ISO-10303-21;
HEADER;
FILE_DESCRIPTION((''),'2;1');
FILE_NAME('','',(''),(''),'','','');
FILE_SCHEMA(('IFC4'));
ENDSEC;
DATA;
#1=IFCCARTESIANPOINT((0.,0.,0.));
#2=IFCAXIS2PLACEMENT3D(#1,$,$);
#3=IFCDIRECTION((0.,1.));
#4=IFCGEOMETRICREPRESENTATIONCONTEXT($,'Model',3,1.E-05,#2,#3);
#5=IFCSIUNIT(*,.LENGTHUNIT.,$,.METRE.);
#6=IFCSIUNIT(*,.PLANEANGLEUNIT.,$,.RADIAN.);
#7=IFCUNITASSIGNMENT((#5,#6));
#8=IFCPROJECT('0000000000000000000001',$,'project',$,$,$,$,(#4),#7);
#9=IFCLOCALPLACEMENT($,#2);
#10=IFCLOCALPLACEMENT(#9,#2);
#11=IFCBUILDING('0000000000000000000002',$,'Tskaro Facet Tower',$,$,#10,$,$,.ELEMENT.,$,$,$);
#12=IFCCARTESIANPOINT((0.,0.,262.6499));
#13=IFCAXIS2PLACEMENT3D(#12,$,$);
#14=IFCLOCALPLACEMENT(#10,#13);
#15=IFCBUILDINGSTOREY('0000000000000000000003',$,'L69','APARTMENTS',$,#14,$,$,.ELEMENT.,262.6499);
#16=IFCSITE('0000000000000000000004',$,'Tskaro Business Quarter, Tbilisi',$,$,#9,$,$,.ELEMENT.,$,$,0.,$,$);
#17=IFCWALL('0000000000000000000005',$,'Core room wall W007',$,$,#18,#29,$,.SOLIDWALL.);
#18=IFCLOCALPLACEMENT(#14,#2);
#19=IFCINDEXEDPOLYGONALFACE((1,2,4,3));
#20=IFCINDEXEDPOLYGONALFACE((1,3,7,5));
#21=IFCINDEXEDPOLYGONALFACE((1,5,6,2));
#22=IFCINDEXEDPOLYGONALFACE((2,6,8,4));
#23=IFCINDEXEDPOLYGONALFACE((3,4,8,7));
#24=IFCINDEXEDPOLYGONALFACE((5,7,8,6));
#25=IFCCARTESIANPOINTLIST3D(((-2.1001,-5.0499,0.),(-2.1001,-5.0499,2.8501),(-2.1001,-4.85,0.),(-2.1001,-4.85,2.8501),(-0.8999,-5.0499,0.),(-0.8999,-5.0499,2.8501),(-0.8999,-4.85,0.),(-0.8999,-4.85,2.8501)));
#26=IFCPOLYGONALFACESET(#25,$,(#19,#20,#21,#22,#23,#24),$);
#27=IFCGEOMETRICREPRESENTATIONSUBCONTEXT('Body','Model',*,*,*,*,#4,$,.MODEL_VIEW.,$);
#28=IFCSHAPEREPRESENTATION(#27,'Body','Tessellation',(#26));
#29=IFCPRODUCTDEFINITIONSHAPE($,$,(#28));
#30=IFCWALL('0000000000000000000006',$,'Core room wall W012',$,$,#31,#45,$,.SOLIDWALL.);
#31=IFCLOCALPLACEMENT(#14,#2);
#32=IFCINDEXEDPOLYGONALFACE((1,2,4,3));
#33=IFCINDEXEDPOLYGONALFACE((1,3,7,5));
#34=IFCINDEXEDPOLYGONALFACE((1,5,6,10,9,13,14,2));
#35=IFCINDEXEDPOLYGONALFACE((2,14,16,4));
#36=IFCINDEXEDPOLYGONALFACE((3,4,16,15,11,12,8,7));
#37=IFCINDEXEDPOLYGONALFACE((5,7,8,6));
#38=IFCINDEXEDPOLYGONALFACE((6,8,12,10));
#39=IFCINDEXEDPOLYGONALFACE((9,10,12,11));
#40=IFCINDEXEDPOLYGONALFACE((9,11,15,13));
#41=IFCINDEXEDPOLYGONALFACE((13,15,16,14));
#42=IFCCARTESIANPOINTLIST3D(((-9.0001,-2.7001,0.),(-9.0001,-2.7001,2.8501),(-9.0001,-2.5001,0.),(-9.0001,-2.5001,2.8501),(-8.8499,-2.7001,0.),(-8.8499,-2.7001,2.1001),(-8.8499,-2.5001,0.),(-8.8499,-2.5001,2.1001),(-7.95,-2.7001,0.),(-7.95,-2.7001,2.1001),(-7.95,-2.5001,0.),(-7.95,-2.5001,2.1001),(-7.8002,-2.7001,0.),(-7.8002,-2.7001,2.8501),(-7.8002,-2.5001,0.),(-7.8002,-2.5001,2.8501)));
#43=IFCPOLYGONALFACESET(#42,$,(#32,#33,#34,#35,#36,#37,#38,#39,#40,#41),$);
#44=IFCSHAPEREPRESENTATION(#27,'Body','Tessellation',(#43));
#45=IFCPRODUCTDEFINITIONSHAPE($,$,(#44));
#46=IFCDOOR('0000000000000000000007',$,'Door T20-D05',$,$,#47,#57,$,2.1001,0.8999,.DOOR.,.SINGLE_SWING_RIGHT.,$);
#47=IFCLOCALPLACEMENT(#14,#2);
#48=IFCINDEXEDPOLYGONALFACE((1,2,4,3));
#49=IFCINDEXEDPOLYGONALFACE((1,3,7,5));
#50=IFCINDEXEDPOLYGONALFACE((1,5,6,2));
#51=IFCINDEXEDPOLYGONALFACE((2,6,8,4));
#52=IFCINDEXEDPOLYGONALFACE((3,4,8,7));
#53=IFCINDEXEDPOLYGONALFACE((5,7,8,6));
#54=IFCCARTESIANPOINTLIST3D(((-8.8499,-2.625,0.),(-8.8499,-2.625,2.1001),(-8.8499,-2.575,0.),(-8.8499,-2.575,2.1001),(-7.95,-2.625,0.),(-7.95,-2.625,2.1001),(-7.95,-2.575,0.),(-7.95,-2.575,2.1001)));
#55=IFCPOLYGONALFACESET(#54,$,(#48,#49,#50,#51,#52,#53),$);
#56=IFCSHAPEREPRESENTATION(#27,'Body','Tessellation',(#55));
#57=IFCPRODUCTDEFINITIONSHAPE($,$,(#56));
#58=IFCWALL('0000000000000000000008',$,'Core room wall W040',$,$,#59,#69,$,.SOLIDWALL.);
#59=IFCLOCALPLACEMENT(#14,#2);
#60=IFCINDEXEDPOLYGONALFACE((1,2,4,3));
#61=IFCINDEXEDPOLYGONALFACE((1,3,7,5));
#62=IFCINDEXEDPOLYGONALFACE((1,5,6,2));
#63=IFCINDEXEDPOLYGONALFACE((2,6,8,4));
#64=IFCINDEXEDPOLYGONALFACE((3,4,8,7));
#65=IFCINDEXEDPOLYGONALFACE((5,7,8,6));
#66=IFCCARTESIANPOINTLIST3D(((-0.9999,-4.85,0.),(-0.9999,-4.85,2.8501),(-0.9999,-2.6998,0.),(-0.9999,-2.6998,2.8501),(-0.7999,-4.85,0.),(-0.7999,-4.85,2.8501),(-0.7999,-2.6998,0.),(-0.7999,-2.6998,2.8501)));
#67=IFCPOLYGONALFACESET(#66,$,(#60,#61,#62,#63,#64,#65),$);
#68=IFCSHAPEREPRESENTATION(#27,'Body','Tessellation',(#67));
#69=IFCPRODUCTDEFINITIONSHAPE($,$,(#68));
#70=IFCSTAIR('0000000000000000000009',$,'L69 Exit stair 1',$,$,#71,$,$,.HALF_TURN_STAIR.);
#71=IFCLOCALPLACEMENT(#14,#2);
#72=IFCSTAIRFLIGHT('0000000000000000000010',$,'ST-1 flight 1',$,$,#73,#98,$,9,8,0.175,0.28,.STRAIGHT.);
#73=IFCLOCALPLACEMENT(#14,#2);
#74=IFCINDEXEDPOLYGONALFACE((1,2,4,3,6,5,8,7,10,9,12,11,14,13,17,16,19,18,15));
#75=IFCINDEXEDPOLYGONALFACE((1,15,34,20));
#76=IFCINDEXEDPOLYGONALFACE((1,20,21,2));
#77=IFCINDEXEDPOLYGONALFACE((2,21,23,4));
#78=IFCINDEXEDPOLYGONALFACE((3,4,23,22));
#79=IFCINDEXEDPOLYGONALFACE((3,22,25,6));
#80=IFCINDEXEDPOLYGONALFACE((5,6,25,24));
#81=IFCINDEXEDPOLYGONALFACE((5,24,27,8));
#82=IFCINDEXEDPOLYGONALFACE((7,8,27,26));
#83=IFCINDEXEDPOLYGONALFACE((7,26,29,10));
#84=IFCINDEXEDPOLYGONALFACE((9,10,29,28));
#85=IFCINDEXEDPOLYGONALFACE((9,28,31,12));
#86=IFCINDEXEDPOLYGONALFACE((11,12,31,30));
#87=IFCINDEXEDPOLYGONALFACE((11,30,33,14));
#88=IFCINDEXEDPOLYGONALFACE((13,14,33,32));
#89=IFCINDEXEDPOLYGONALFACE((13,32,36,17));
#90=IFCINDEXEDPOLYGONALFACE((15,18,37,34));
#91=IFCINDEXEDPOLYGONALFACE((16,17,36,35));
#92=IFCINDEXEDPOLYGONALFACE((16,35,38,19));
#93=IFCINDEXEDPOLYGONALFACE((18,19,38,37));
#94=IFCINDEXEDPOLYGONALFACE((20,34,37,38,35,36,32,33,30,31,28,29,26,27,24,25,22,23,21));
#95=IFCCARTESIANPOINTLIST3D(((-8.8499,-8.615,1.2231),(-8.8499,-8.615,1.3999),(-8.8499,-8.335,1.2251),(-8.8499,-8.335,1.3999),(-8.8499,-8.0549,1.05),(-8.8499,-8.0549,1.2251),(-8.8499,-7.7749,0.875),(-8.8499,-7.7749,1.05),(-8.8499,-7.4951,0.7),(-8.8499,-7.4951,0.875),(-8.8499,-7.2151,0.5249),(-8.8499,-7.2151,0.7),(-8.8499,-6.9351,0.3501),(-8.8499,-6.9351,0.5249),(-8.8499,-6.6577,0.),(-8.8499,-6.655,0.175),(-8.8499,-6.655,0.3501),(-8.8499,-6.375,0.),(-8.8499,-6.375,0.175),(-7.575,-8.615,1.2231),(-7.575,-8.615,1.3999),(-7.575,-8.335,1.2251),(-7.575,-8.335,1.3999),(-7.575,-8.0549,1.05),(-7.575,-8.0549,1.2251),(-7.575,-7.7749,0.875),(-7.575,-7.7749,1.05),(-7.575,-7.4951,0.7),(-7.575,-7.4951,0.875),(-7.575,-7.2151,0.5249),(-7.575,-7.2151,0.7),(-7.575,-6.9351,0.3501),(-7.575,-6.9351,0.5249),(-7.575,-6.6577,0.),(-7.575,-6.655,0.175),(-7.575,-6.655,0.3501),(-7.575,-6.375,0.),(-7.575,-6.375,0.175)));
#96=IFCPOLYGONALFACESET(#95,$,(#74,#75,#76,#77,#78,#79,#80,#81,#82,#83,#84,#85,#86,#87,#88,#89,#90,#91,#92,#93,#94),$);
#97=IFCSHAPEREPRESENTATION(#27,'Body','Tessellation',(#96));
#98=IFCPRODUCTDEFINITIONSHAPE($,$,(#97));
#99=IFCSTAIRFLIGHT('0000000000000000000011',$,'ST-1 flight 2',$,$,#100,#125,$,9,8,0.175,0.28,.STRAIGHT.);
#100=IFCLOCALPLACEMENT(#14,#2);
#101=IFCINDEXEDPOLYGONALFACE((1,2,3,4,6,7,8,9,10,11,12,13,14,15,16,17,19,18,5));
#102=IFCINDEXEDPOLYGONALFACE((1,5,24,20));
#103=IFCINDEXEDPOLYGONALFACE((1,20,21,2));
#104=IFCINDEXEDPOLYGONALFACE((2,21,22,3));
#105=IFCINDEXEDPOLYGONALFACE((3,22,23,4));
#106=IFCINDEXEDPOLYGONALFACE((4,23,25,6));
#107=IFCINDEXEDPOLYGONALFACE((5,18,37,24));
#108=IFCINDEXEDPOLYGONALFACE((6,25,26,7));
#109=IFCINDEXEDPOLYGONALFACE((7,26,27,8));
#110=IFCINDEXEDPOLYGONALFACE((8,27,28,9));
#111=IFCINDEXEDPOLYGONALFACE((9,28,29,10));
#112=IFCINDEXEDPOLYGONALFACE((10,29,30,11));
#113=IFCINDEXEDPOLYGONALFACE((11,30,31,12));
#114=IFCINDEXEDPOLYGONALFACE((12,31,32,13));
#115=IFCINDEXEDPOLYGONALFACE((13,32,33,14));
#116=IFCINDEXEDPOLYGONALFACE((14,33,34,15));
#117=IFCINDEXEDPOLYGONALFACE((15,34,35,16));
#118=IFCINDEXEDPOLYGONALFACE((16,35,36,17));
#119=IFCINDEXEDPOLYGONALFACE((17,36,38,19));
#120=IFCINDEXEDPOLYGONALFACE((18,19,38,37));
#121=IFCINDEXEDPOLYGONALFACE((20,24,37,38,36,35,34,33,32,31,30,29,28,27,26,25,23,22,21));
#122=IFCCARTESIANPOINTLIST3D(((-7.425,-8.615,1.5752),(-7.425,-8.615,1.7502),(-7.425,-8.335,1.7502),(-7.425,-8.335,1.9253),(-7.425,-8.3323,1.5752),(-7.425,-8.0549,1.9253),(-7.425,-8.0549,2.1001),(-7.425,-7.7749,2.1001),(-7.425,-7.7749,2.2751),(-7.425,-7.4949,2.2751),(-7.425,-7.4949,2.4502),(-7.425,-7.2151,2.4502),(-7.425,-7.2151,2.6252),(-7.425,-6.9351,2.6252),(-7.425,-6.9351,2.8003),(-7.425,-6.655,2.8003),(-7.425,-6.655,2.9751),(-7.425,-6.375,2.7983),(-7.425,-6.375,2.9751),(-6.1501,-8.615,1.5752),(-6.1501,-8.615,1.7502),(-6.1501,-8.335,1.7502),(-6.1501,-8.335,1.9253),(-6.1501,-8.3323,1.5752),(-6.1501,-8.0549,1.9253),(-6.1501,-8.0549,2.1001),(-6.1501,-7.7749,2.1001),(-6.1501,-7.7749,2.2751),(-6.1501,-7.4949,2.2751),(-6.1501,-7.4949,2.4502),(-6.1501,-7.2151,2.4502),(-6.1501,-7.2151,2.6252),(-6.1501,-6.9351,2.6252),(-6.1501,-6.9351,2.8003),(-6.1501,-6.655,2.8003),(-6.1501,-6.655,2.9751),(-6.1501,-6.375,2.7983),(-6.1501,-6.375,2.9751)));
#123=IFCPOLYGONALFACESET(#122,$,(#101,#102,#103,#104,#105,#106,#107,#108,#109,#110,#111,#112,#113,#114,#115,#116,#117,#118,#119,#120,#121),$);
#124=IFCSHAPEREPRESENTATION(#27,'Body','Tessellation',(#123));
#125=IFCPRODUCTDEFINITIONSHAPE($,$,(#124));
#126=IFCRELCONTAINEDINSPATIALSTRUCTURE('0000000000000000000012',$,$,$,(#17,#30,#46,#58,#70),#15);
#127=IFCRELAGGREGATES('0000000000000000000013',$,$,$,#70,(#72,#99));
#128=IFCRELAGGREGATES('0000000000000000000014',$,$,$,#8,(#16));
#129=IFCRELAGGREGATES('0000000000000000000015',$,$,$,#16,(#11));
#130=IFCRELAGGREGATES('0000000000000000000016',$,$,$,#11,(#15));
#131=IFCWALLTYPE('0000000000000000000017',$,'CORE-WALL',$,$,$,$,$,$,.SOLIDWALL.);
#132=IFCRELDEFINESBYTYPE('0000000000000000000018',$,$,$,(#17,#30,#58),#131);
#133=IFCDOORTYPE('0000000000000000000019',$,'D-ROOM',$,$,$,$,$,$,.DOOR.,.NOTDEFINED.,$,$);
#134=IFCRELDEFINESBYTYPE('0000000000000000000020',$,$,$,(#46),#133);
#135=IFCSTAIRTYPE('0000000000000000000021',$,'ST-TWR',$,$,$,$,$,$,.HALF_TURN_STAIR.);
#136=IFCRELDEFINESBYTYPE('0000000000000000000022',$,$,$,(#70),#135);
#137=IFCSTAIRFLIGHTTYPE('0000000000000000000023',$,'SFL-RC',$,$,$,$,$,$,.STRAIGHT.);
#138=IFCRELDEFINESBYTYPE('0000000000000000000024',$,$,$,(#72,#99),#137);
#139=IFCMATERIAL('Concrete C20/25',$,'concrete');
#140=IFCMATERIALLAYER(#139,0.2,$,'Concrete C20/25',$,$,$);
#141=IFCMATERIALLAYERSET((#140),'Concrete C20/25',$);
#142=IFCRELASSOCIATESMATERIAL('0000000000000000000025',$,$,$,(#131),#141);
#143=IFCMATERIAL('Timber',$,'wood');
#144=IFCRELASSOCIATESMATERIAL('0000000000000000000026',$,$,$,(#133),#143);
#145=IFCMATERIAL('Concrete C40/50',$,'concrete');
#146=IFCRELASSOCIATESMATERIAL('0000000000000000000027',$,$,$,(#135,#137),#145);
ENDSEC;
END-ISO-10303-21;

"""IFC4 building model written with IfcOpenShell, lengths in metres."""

from ifc_helpers import new_model, si_unit, direction, frame, frame_2d, origin, place, context, subcontext, project, spatial, polyline, rectangle, outline, extrude, material, layer, layer_set, type_object, element, fill, aggregate, save


model = new_model("IFC4")

# Units and contexts
model_context = context("Model", 3, precision=1e-05, world=origin(), true_north=direction((0.0, 1.0)))
body_context = subcontext(model_context, "Body", "Model", "MODEL_VIEW")
ifc_project = project(units=[si_unit("LENGTHUNIT", "METRE"), si_unit("PLANEANGLEUNIT", "RADIAN")], contexts=[model_context])

# Site, building, storey
site_placement = place(None, origin())
site = spatial("IfcSite", under=ifc_project, at=site_placement, Name="Tskaro Business Quarter, Tbilisi", CompositionType="ELEMENT", RefElevation=0.0)
building_placement = place(site_placement, origin())
building = spatial("IfcBuilding", under=site, at=building_placement, Name="Tskaro Facet Tower", CompositionType="ELEMENT")
storey_placement = place(building_placement, frame((0.0, 0.0, 262.6499)))
storey = spatial("IfcBuildingStorey", under=building, at=storey_placement, Name="L69", Description="APARTMENTS", CompositionType="ELEMENT", Elevation=262.6499)

# Wall
ifc_material_1 = material(Name="Concrete C20/25", Category="concrete")
ifc_layer_1 = layer(ifc_material_1, 0.2, Name="Concrete C20/25")
ifc_layer_set_1 = layer_set([ifc_layer_1], Name="Concrete C20/25")
wall_type_1 = type_object("IfcWallType", Name="CORE-WALL", PredefinedType="SOLIDWALL", material=ifc_layer_set_1)
wall_1_placement = place(storey_placement, frame((-2.1001, -4.95, 0.0), z_axis=(0.0, 0.0, 1.0), x_axis=(1.0, 0.0, 0.0)))
element("IfcWall", 1, at=wall_1_placement, inside=storey, type_object=wall_type_1, Name="Core room wall W007", PredefinedType="SOLIDWALL", context=body_context, shape_type="SweptSolid", body=[
    extrude(rectangle(XDim=1.2002, YDim=0.2, at=frame_2d((0.6001, 0.0))), origin(), (0.0, 0.0, 1.0), 2.8501),
])

# Wall, opening, door
wall_2_placement = place(storey_placement, frame((-7.8, -2.6001, 0.0), z_axis=(0.0, 0.0, 1.0), x_axis=(-1.0, 0.0, 0.0)))
wall_2 = element("IfcWall", 2, at=wall_2_placement, inside=storey, type_object=wall_type_1, Name="Core room wall W012", PredefinedType="SOLIDWALL", context=body_context, shape_type="SweptSolid", body=[
    extrude(rectangle(XDim=1.2, YDim=0.2, at=frame_2d((0.6001, 0.0))), origin(), (0.0, 0.0, 1.0), 2.8501),
])
opening_1_placement = place(wall_2_placement, frame((0.1499, 0.0, 0.0)))
opening_1 = element("IfcOpeningElement", 3, at=opening_1_placement, cuts=wall_2, PredefinedType="OPENING", context=body_context, shape_type="SweptSolid", body=[
    extrude(rectangle(XDim=0.8999, YDim=2.1001, at=frame_2d((0.45, 1.05))), frame((0.0, 0.1099, 0.0), z_axis=(0.0, -1.0, 0.0), x_axis=(1.0, 0.0, 0.0)), (0.0, 0.0, 1.0), 0.22),
])
ifc_material_2 = material(Name="Timber", Category="wood")
door_type_1 = type_object("IfcDoorType", Name="D-ROOM", OperationType="NOTDEFINED", PredefinedType="DOOR", material=ifc_material_2)
door_1_placement = place(opening_1_placement, origin())
door_1 = element("IfcDoor", 4, at=door_1_placement, inside=storey, type_object=door_type_1, Name="Door T20-D05", OperationType="SINGLE_SWING_RIGHT", OverallHeight=2.1001, OverallWidth=0.8999, PredefinedType="DOOR", context=body_context, shape_type="SweptSolid", body=[
    extrude(rectangle(XDim=0.8999, YDim=2.1001, at=frame_2d((0.45, 1.05))), frame((0.0, 0.0249, 0.0), z_axis=(0.0, -1.0, 0.0), x_axis=(1.0, 0.0, 0.0)), (0.0, 0.0, 1.0), 0.05),
])
fill(opening_1, door_1)

# Wall
wall_3_placement = place(storey_placement, frame((-0.8999, -4.8501, 0.0), z_axis=(0.0, 0.0, 1.0), x_axis=(0.0, 1.0, 0.0)))
element("IfcWall", 5, at=wall_3_placement, inside=storey, type_object=wall_type_1, Name="Core room wall W040", PredefinedType="SOLIDWALL", context=body_context, shape_type="SweptSolid", body=[
    extrude(rectangle(XDim=2.1501, YDim=0.2, at=frame_2d((1.0752, 0.0))), origin(), (0.0, 0.0, 1.0), 2.8501),
])

# Stair, stair flights
ifc_material_3 = material(Name="Concrete C40/50", Category="concrete")
stair_type = type_object("IfcStairType", Name="ST-TWR", PredefinedType="HALF_TURN_STAIR", material=ifc_material_3)
stair_placement = place(storey_placement, origin())
stair = element("IfcStair", 6, at=stair_placement, inside=storey, type_object=stair_type, Name="L69 Exit stair 1", PredefinedType="HALF_TURN_STAIR")
stair_flight_type = type_object("IfcStairFlightType", Name="SFL-RC", PredefinedType="STRAIGHT", material=ifc_material_3)
stair_flight_1_placement = place(storey_placement, frame((-8.2124, -6.375, 0.0), z_axis=(0.0, 0.0, 1.0), x_axis=(0.0, -1.0, 0.0)))
stair_flight_1 = element("IfcStairFlight", 7, at=stair_flight_1_placement, type_object=stair_flight_type, Name="ST-1 flight 1", NumberOfRisers=9, NumberOfTreads=8, PredefinedType="STRAIGHT", RiserHeight=0.175, TreadLength=0.28, context=body_context, shape_type="SweptSolid", body=[
    extrude(outline(polyline([(0.0, 0.0), (0.0, 0.175), (0.28, 0.175), (0.28, 0.3501), (0.5601, 0.3501), (0.5601, 0.5249), (0.8401, 0.5249), (0.8401, 0.7), (1.1201, 0.7), (1.1201, 0.875), (1.3999, 0.875), (1.3999, 1.05), (1.6799, 1.05), (1.6799, 1.2251), (1.96, 1.2251), (1.96, 1.3999), (2.24, 1.3999), (2.24, 1.575), (2.24, 1.2231), (0.2827, 0.0), (0.0, 0.0)])), frame((0.0, 0.6375, 0.0), z_axis=(0.0, -1.0, 0.0), x_axis=(1.0, 0.0, 0.0)), (0.0, 0.0, 1.0), 1.2749),
])
stair_flight_2_placement = place(storey_placement, frame((-6.7876, -8.615, 1.5752), z_axis=(0.0, 0.0, 1.0), x_axis=(0.0, 1.0, 0.0)))
stair_flight_2 = element("IfcStairFlight", 8, at=stair_flight_2_placement, type_object=stair_flight_type, Name="ST-1 flight 2", NumberOfRisers=9, NumberOfTreads=8, PredefinedType="STRAIGHT", RiserHeight=0.175, TreadLength=0.28, context=body_context, shape_type="SweptSolid", body=[
    extrude(outline(polyline([(0.0, 0.0), (0.0, 0.175), (0.28, 0.175), (0.28, 0.3501), (0.5601, 0.3501), (0.5601, 0.5249), (0.8401, 0.5249), (0.8401, 0.7), (1.1201, 0.7), (1.1201, 0.875), (1.3999, 0.875), (1.3999, 1.05), (1.6799, 1.05), (1.6799, 1.2251), (1.96, 1.2251), (1.96, 1.3999), (2.24, 1.3999), (2.24, 1.575), (2.24, 1.2231), (0.2827, 0.0), (0.0, 0.0)])), frame((0.0, 0.6375, 0.0), z_axis=(0.0, -1.0, 0.0), x_axis=(1.0, 0.0, 0.0)), (0.0, 0.0, 1.0), 1.2749),
])
aggregate(stair, [stair_flight_1, stair_flight_2])

save(model, "model.ifc")
